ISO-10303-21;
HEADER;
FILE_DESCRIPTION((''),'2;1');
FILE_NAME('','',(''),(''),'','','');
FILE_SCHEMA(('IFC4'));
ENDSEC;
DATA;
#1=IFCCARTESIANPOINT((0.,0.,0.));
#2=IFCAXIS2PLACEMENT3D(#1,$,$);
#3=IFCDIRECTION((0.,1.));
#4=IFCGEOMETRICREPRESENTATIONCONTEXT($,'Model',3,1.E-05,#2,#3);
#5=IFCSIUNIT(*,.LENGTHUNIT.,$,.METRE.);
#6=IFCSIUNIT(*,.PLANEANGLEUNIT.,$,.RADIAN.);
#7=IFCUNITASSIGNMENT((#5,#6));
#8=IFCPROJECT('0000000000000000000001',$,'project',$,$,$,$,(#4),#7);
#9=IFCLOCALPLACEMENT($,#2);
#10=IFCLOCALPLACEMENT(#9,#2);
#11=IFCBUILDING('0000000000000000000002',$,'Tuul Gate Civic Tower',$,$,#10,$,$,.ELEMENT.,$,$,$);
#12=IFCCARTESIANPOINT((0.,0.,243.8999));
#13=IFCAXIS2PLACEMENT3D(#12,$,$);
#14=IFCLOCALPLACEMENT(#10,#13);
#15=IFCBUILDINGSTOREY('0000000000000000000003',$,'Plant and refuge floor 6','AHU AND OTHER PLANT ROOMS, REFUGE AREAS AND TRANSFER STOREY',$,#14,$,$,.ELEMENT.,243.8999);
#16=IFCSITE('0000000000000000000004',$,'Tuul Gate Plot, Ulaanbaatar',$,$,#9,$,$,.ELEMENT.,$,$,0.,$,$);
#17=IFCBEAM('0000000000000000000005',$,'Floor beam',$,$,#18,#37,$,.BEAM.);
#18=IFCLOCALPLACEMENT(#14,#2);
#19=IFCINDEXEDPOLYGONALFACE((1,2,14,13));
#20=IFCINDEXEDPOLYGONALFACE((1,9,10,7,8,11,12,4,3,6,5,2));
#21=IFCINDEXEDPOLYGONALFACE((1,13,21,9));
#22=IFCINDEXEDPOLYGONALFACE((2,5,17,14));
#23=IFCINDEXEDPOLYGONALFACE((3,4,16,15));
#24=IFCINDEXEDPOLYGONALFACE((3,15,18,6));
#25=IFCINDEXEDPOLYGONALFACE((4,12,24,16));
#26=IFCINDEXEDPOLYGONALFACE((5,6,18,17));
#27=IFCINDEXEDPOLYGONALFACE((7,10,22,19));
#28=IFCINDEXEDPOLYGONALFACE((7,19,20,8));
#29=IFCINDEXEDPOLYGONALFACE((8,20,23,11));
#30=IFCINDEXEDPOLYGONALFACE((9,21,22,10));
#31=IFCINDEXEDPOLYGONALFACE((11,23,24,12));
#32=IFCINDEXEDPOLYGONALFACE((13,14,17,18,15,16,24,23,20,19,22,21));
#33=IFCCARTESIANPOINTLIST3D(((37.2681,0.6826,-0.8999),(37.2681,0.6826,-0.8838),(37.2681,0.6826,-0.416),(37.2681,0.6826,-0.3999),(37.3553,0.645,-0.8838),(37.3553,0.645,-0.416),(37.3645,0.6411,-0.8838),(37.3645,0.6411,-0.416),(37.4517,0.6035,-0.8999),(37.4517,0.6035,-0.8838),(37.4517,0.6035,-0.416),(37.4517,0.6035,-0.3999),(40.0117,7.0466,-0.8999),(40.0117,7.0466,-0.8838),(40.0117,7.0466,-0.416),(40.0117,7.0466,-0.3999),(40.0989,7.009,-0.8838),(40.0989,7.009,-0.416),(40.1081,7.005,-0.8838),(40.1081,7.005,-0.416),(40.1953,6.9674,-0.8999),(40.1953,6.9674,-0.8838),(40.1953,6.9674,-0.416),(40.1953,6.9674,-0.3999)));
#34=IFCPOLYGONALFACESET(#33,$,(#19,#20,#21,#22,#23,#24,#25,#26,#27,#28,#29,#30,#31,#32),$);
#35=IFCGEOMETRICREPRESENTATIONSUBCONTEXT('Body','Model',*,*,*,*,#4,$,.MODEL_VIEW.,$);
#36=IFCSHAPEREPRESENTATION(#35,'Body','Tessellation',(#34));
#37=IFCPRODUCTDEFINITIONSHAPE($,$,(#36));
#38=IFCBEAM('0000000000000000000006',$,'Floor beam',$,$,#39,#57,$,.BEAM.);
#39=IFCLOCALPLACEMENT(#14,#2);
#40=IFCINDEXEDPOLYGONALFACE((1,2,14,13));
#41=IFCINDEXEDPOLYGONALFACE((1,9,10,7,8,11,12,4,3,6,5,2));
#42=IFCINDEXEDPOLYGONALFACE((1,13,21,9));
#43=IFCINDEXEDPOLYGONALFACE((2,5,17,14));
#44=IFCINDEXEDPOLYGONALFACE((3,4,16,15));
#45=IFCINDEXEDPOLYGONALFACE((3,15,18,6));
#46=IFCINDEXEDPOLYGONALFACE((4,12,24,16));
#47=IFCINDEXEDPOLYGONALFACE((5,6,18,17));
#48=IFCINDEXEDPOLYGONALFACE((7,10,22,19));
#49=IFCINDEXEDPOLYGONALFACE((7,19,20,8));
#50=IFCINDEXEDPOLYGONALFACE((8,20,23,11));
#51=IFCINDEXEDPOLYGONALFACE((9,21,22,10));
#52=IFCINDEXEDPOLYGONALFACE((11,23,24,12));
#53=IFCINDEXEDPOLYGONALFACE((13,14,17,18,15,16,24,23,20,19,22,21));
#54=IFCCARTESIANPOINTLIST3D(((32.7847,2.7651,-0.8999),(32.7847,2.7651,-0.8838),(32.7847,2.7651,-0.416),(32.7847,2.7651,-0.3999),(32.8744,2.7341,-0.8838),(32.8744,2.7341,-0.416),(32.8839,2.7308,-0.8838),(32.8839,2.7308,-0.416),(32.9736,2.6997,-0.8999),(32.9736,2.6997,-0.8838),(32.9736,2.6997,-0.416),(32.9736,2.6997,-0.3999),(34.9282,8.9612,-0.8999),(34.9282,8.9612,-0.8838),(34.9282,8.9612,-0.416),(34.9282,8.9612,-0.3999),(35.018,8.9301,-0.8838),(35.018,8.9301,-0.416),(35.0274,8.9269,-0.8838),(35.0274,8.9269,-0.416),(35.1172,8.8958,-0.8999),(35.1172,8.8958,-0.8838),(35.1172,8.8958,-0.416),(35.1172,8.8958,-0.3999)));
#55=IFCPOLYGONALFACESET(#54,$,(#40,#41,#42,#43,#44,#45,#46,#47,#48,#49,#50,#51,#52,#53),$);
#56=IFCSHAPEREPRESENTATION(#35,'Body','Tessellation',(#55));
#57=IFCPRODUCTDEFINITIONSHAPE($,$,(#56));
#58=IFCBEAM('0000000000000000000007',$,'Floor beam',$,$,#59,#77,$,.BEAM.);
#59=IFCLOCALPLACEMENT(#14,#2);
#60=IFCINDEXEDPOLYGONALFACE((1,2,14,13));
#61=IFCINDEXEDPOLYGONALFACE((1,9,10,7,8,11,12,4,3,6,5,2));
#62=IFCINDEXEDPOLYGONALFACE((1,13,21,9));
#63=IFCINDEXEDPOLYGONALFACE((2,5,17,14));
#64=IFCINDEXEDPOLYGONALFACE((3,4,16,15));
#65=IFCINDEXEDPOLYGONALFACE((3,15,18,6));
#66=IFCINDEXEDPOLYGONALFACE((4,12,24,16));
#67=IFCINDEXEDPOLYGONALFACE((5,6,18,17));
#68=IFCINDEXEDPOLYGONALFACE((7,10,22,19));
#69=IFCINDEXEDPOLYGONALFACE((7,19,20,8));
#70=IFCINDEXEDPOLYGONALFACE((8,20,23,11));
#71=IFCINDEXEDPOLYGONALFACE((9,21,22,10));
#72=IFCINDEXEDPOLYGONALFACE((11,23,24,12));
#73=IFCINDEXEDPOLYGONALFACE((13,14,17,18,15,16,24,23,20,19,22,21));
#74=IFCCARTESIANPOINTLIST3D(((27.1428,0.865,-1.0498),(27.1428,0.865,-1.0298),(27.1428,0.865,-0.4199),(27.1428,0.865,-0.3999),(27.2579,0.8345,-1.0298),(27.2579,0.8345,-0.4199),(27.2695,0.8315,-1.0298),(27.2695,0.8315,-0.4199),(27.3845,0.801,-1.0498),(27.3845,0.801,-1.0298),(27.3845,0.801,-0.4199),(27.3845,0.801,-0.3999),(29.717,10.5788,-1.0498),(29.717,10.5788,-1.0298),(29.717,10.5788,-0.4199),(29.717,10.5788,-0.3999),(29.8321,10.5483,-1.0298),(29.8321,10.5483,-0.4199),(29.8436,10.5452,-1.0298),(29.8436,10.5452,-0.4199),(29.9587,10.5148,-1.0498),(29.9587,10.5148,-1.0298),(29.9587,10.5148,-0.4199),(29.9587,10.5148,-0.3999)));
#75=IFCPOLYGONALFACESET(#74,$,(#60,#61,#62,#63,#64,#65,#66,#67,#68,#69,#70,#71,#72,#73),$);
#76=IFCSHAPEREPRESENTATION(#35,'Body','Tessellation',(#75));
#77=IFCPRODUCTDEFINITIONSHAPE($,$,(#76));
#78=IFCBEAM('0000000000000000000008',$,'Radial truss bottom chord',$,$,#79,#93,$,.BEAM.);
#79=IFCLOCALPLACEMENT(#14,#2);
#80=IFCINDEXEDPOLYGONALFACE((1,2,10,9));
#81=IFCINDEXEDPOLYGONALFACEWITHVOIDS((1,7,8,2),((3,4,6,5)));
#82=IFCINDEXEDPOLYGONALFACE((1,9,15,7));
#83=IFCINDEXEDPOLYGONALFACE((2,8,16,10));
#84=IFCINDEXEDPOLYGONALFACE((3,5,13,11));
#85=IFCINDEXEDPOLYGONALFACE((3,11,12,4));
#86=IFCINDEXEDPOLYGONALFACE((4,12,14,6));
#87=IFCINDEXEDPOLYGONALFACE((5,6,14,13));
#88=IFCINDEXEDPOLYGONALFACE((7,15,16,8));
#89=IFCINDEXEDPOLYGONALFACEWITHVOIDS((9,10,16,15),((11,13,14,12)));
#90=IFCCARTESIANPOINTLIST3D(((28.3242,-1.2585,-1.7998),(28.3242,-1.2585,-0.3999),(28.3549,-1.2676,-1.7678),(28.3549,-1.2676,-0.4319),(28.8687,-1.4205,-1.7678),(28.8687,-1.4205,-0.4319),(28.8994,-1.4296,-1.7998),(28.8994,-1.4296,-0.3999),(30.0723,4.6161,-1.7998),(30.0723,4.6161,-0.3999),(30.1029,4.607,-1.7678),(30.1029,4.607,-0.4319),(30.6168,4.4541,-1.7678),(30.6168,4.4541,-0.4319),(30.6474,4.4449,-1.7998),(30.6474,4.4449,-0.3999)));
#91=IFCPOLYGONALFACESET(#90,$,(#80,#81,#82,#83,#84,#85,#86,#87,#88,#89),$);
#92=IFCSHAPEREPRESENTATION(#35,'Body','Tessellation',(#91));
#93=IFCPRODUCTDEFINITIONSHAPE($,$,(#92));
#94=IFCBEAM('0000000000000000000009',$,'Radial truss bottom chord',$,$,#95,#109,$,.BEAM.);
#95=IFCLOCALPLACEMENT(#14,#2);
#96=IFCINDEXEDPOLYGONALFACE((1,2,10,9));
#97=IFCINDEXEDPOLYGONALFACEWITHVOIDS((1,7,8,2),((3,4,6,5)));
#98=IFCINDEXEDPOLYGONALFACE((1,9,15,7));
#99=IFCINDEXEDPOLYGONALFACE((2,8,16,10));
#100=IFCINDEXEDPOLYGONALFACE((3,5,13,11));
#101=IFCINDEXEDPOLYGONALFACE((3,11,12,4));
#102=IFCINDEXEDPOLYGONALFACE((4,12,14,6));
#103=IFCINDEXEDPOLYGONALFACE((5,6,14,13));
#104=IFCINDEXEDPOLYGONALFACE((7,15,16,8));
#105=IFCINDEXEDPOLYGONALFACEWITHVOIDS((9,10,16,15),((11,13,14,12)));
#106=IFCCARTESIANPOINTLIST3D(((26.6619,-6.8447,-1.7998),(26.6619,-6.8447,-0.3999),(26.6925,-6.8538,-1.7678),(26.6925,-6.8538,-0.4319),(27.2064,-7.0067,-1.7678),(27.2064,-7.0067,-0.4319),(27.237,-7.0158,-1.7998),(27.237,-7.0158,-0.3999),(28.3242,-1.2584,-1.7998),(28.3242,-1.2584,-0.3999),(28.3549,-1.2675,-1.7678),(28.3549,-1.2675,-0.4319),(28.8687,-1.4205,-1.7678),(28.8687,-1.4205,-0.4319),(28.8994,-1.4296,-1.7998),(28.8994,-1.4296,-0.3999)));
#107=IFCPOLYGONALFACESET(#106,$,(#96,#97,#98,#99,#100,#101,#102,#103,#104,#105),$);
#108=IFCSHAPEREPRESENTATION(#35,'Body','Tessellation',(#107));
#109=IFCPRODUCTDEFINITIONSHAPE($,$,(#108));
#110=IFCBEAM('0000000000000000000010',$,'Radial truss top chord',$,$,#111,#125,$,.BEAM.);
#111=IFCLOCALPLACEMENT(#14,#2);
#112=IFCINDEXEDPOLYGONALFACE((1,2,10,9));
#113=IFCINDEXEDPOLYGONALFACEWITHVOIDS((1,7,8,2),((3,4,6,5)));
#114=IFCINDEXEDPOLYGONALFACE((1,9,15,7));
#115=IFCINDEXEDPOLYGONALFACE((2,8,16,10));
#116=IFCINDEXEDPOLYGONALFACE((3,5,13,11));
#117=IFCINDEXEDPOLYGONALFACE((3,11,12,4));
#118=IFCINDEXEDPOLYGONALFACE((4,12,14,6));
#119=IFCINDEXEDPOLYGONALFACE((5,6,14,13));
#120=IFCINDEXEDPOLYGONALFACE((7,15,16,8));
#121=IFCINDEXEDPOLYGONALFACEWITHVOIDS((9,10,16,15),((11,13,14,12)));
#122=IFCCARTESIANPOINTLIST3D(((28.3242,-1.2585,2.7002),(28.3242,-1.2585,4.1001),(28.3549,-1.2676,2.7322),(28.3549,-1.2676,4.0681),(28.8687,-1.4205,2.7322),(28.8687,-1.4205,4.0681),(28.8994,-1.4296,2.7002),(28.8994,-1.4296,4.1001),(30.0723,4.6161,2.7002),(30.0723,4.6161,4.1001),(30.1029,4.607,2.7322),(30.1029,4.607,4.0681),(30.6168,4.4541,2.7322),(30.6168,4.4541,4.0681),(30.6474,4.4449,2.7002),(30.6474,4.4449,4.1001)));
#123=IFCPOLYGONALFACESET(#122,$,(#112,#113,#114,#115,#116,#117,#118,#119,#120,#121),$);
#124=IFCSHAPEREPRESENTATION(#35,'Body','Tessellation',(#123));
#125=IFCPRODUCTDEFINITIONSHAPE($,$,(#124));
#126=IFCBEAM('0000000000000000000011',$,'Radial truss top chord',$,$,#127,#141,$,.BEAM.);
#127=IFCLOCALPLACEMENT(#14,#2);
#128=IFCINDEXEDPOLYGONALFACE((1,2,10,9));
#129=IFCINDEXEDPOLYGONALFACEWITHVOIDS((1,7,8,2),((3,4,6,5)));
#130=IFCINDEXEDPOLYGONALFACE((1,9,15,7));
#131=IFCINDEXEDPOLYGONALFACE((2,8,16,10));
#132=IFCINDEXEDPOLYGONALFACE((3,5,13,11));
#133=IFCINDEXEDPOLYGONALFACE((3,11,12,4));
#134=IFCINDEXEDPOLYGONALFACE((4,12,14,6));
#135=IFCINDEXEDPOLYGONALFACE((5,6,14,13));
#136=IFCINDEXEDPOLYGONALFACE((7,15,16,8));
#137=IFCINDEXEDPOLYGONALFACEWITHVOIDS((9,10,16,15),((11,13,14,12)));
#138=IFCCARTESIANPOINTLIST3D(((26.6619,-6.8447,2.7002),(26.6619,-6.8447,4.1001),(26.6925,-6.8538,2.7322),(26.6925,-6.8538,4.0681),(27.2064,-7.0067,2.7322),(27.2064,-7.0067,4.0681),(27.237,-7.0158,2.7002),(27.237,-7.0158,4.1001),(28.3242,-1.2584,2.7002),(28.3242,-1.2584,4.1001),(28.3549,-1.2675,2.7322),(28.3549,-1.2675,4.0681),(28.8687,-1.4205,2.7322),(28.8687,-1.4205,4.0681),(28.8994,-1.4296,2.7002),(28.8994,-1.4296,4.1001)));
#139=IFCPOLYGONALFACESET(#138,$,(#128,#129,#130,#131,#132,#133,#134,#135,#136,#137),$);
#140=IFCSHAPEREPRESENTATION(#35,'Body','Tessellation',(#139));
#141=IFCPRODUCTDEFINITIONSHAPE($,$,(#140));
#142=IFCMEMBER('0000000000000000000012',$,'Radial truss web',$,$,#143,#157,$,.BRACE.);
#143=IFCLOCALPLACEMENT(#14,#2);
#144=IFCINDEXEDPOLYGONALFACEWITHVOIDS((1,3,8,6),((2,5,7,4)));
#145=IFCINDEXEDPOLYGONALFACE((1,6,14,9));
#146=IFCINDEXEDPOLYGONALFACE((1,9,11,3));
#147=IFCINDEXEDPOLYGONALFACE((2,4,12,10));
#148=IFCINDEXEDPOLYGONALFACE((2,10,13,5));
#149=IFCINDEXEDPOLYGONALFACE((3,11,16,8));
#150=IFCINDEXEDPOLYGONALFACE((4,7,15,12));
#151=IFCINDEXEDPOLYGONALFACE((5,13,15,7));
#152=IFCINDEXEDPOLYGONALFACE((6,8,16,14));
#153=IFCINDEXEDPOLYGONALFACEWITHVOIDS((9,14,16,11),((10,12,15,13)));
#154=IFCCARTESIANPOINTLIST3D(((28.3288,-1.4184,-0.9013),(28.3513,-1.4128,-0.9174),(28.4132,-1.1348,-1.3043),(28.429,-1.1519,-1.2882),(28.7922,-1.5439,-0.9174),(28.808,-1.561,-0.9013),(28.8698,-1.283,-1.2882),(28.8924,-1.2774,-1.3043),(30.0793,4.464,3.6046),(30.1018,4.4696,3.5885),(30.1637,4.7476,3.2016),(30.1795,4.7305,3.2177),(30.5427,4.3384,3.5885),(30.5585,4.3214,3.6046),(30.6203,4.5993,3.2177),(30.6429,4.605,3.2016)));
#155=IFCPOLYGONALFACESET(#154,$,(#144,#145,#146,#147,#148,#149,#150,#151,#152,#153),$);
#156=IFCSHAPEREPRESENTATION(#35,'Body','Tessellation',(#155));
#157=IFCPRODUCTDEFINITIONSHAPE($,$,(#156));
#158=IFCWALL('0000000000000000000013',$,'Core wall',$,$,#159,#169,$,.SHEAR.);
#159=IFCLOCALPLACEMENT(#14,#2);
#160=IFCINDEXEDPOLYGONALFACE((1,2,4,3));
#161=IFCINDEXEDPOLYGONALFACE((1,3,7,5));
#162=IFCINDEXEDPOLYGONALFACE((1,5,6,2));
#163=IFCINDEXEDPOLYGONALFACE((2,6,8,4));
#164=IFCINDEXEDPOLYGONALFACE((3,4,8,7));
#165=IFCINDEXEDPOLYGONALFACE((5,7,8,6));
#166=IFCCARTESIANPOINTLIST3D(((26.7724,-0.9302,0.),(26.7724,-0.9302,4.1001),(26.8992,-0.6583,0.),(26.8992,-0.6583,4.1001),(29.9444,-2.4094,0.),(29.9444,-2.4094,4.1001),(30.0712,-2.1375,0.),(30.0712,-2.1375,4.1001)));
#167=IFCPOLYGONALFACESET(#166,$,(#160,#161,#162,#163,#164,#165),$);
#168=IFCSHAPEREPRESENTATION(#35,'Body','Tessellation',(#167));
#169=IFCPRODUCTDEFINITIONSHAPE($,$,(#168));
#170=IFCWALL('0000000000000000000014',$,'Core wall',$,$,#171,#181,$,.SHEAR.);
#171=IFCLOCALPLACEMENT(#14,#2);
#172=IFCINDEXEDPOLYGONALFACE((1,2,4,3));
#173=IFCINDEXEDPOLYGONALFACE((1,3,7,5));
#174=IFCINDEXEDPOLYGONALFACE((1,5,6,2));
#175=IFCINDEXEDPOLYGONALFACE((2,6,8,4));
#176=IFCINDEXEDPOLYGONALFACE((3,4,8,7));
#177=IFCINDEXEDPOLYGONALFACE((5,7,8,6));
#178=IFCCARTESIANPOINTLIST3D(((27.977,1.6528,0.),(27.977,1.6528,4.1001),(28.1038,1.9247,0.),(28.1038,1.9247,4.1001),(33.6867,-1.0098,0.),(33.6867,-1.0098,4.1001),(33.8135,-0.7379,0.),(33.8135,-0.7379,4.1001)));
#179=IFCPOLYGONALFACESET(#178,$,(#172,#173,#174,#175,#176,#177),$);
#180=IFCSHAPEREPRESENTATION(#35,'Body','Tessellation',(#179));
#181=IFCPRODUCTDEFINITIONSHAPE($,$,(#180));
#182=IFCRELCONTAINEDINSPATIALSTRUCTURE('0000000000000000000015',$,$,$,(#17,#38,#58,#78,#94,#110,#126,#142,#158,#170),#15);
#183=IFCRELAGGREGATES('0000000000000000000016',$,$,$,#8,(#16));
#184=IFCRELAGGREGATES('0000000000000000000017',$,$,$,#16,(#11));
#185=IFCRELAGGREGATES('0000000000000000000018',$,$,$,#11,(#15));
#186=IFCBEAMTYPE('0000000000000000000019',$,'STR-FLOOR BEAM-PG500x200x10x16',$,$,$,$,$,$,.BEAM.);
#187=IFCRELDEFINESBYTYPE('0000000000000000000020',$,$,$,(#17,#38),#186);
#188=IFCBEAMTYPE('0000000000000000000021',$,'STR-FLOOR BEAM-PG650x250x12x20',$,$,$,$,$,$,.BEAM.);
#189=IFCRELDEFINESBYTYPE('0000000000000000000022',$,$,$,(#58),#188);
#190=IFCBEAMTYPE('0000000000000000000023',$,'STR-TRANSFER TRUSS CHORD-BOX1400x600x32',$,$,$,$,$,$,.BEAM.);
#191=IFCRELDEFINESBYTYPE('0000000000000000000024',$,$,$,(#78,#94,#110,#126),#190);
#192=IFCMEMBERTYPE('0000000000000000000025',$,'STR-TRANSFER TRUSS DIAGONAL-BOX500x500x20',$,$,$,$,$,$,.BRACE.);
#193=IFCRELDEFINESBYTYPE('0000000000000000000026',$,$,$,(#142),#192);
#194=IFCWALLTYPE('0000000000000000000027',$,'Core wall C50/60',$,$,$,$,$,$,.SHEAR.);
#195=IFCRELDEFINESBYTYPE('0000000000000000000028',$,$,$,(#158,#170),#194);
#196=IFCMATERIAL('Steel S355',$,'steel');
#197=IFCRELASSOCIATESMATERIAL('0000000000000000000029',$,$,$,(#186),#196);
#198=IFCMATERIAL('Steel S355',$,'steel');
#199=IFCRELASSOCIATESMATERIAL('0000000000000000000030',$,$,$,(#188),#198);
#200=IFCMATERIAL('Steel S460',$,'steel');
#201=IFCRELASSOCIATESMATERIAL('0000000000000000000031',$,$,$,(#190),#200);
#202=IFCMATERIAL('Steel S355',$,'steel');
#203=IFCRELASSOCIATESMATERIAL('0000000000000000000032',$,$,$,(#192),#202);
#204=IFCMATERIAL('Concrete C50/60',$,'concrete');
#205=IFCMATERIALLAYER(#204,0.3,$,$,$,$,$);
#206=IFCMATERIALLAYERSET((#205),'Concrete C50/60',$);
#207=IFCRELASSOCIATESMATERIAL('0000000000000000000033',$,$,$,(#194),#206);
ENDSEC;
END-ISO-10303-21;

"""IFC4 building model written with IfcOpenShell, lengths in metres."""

from ifc_helpers import new_model, si_unit, direction, frame, frame_2d, origin, origin_2d, place, context, subcontext, project, spatial, rectangle, hollow_rectangle, i_section, extrude, material, layer, layer_set, material_profile, profile_set, type_object, element, save


model = new_model("IFC4")

# Units and contexts
model_context = context("Model", 3, precision=1e-05, world=origin(), true_north=direction((0.0, 1.0)))
body_context = subcontext(model_context, "Body", "Model", "MODEL_VIEW")
ifc_project = project(units=[si_unit("LENGTHUNIT", "METRE"), si_unit("PLANEANGLEUNIT", "RADIAN")], contexts=[model_context])

# Site, building, storey
site_placement = place(None, origin())
site = spatial("IfcSite", under=ifc_project, at=site_placement, Name="Tuul Gate Plot, Ulaanbaatar", CompositionType="ELEMENT", RefElevation=0.0)
building_placement = place(site_placement, origin())
building = spatial("IfcBuilding", under=site, at=building_placement, Name="Tuul Gate Civic Tower", CompositionType="ELEMENT")
storey_placement = place(building_placement, frame((0.0, 0.0, 243.8999)))
storey = spatial("IfcBuildingStorey", under=building, at=storey_placement, Name="Plant and refuge floor 6", Description="AHU AND OTHER PLANT ROOMS, REFUGE AREAS AND TRANSFER STOREY", CompositionType="ELEMENT", Elevation=243.8999)

# Beams
ifc_material_1 = material(Name="Steel S355", Category="steel")
ifc_material_profile_1 = material_profile(ifc_material_1, i_section(OverallWidth=0.2, OverallDepth=0.5, WebThickness=0.01, FlangeThickness=0.0161, at=origin_2d()), Name="PG500x200x10x16")
ifc_profile_set_1 = profile_set([ifc_material_profile_1], Name="Steel S355")
beam_type_1 = type_object("IfcBeamType", Name="STR-FLOOR BEAM-PG500x200x10x16", PredefinedType="BEAM", material=ifc_profile_set_1)
beam_1_placement = place(storey_placement, frame((37.3599, 0.6431, -0.6499), z_axis=(0.395895, 0.918296, 0.0), x_axis=(-0.918296, 0.395895, 0.0)))
element("IfcBeam", 1, at=beam_1_placement, inside=storey, type_object=beam_type_1, Name="Floor beam", PredefinedType="BEAM", context=body_context, shape_type="SweptSolid", body=[
    extrude(i_section(OverallWidth=0.2, OverallDepth=0.5, WebThickness=0.01, FlangeThickness=0.0161, at=origin_2d()), origin(), (0.0, 0.0, 1.0), 6.9302),
])
beam_2_placement = place(storey_placement, frame((32.8792, 2.7324, -0.6499), z_axis=(0.326943, 0.945044, 0.0), x_axis=(-0.945044, 0.326943, 0.0)))
element("IfcBeam", 2, at=beam_2_placement, inside=storey, type_object=beam_type_1, Name="Floor beam", PredefinedType="BEAM", context=body_context, shape_type="SweptSolid", body=[
    extrude(i_section(OverallWidth=0.2, OverallDepth=0.5, WebThickness=0.01, FlangeThickness=0.0161, at=origin_2d()), origin(), (0.0, 0.0, 1.0), 6.5564),
])
ifc_material_2 = material(Name="Steel S355", Category="steel")
ifc_material_profile_2 = material_profile(ifc_material_2, i_section(OverallWidth=0.25, OverallDepth=0.6499, WebThickness=0.012, FlangeThickness=0.02, at=origin_2d()), Name="PG650x250x12x20")
ifc_profile_set_2 = profile_set([ifc_material_profile_2], Name="Steel S355")
beam_type_2 = type_object("IfcBeamType", Name="STR-FLOOR BEAM-PG650x250x12x20", PredefinedType="BEAM", material=ifc_profile_set_2)
beam_3_placement = place(storey_placement, frame((27.2637, 0.833, -0.7249), z_axis=(0.256162, 0.966634, 0.0), x_axis=(-0.966634, 0.256162, 0.0)))
element("IfcBeam", 3, at=beam_3_placement, inside=storey, type_object=beam_type_2, Name="Floor beam", PredefinedType="BEAM", context=body_context, shape_type="SweptSolid", body=[
    extrude(i_section(OverallWidth=0.25, OverallDepth=0.6499, WebThickness=0.012, FlangeThickness=0.02, at=origin_2d()), origin(), (0.0, 0.0, 1.0), 10.0491),
])
ifc_material_3 = material(Name="Steel S460", Category="steel")
ifc_material_profile_3 = material_profile(ifc_material_3, hollow_rectangle(XDim=0.6001, YDim=1.3999, WallThickness=0.032, at=origin_2d()), Name="BOX1400x600x32")
ifc_profile_set_3 = profile_set([ifc_material_profile_3], Name="Steel S460")
beam_type_3 = type_object("IfcBeamType", Name="STR-TRANSFER TRUSS CHORD-BOX1400x600x32", PredefinedType="BEAM", material=ifc_profile_set_3)
beam_4_placement = place(storey_placement, frame((30.3599, 4.5305, -1.0999), z_axis=(-0.285206, -0.958466, 0.0), x_axis=(0.958466, -0.285206, 0.0)))
element("IfcBeam", 4, at=beam_4_placement, inside=storey, type_object=beam_type_3, Name="Radial truss bottom chord", PredefinedType="BEAM", context=body_context, shape_type="SweptSolid", body=[
    extrude(hollow_rectangle(XDim=0.6001, YDim=1.3999, WallThickness=0.032, at=origin_2d()), origin(), (0.0, 0.0, 1.0), 6.1292),
])
beam_5_placement = place(storey_placement, frame((28.6118, -1.344, -1.0999), z_axis=(-0.285222, -0.958461, 0.0), x_axis=(0.958461, -0.285222, 0.0)))
element("IfcBeam", 5, at=beam_5_placement, inside=storey, type_object=beam_type_3, Name="Radial truss bottom chord", PredefinedType="BEAM", context=body_context, shape_type="SweptSolid", body=[
    extrude(hollow_rectangle(XDim=0.6001, YDim=1.3999, WallThickness=0.032, at=origin_2d()), origin(), (0.0, 0.0, 1.0), 5.8284),
])
beam_6_placement = place(storey_placement, frame((30.3599, 4.5305, 3.4001), z_axis=(-0.285206, -0.958466, 0.0), x_axis=(0.958466, -0.285206, 0.0)))
element("IfcBeam", 6, at=beam_6_placement, inside=storey, type_object=beam_type_3, Name="Radial truss top chord", PredefinedType="BEAM", context=body_context, shape_type="SweptSolid", body=[
    extrude(hollow_rectangle(XDim=0.6001, YDim=1.3999, WallThickness=0.032, at=origin_2d()), origin(), (0.0, 0.0, 1.0), 6.1292),
])
beam_7_placement = place(storey_placement, frame((28.6118, -1.344, 3.4001), z_axis=(-0.285222, -0.958461, 0.0), x_axis=(0.958461, -0.285222, 0.0)))
element("IfcBeam", 7, at=beam_7_placement, inside=storey, type_object=beam_type_3, Name="Radial truss top chord", PredefinedType="BEAM", context=body_context, shape_type="SweptSolid", body=[
    extrude(hollow_rectangle(XDim=0.6001, YDim=1.3999, WallThickness=0.032, at=origin_2d()), origin(), (0.0, 0.0, 1.0), 5.8284),
])

# Member
ifc_material_4 = material(Name="Steel S355", Category="steel")
ifc_material_profile_4 = material_profile(ifc_material_4, hollow_rectangle(XDim=0.5, YDim=0.5, WallThickness=0.02, at=origin_2d()), Name="BOX500x500x20")
ifc_profile_set_4 = profile_set([ifc_material_profile_4], Name="Steel S355")
member_type = type_object("IfcMemberType", Name="STR-TRANSFER TRUSS DIAGONAL-BOX500x500x20", PredefinedType="BRACE", material=ifc_profile_set_4)
member_placement = place(storey_placement, frame((28.6106, -1.3479, -1.1028), z_axis=(0.229912, 0.772595, 0.591808), x_axis=(-0.958461, 0.285223, 0.0)))
element("IfcMember", 8, at=member_placement, inside=storey, type_object=member_type, Name="Radial truss web", PredefinedType="BRACE", context=body_context, shape_type="SweptSolid", body=[
    extrude(hollow_rectangle(XDim=0.5, YDim=0.5, WallThickness=0.02, at=origin_2d()), origin(), (0.0, 0.0, 1.0), 7.6138),
])

# Walls
ifc_material_5 = material(Name="Concrete C50/60", Category="concrete")
ifc_layer_1 = layer(ifc_material_5, 0.3)
ifc_layer_set_1 = layer_set([ifc_layer_1], Name="Concrete C50/60")
wall_type_1 = type_object("IfcWallType", Name="Core wall C50/60", PredefinedType="SHEAR", material=ifc_layer_set_1)
wall_1_placement = place(storey_placement, frame((30.0078, -2.2734, 0.0), z_axis=(0.0, 0.0, 1.0), x_axis=(-0.906301, 0.422633, 0.0)))
element("IfcWall", 9, at=wall_1_placement, inside=storey, type_object=wall_type_1, Name="Core wall", PredefinedType="SHEAR", context=body_context, shape_type="SweptSolid", body=[
    extrude(rectangle(XDim=3.5, YDim=0.3, at=frame_2d((1.75, 0.0))), origin(), (0.0, 0.0, 1.0), 4.1001),
])
wall_2_placement = place(storey_placement, frame((33.75, -0.8738, 0.0), z_axis=(0.0, 0.0, 1.0), x_axis=(-0.906301, 0.422633, 0.0)))
element("IfcWall", 10, at=wall_2_placement, inside=storey, type_object=wall_type_1, Name="Core wall", PredefinedType="SHEAR", context=body_context, shape_type="SweptSolid", body=[
    extrude(rectangle(XDim=6.3, YDim=0.3, at=frame_2d((3.1499, 0.0))), origin(), (0.0, 0.0, 1.0), 4.1001),
])

save(model, "model.ifc")
